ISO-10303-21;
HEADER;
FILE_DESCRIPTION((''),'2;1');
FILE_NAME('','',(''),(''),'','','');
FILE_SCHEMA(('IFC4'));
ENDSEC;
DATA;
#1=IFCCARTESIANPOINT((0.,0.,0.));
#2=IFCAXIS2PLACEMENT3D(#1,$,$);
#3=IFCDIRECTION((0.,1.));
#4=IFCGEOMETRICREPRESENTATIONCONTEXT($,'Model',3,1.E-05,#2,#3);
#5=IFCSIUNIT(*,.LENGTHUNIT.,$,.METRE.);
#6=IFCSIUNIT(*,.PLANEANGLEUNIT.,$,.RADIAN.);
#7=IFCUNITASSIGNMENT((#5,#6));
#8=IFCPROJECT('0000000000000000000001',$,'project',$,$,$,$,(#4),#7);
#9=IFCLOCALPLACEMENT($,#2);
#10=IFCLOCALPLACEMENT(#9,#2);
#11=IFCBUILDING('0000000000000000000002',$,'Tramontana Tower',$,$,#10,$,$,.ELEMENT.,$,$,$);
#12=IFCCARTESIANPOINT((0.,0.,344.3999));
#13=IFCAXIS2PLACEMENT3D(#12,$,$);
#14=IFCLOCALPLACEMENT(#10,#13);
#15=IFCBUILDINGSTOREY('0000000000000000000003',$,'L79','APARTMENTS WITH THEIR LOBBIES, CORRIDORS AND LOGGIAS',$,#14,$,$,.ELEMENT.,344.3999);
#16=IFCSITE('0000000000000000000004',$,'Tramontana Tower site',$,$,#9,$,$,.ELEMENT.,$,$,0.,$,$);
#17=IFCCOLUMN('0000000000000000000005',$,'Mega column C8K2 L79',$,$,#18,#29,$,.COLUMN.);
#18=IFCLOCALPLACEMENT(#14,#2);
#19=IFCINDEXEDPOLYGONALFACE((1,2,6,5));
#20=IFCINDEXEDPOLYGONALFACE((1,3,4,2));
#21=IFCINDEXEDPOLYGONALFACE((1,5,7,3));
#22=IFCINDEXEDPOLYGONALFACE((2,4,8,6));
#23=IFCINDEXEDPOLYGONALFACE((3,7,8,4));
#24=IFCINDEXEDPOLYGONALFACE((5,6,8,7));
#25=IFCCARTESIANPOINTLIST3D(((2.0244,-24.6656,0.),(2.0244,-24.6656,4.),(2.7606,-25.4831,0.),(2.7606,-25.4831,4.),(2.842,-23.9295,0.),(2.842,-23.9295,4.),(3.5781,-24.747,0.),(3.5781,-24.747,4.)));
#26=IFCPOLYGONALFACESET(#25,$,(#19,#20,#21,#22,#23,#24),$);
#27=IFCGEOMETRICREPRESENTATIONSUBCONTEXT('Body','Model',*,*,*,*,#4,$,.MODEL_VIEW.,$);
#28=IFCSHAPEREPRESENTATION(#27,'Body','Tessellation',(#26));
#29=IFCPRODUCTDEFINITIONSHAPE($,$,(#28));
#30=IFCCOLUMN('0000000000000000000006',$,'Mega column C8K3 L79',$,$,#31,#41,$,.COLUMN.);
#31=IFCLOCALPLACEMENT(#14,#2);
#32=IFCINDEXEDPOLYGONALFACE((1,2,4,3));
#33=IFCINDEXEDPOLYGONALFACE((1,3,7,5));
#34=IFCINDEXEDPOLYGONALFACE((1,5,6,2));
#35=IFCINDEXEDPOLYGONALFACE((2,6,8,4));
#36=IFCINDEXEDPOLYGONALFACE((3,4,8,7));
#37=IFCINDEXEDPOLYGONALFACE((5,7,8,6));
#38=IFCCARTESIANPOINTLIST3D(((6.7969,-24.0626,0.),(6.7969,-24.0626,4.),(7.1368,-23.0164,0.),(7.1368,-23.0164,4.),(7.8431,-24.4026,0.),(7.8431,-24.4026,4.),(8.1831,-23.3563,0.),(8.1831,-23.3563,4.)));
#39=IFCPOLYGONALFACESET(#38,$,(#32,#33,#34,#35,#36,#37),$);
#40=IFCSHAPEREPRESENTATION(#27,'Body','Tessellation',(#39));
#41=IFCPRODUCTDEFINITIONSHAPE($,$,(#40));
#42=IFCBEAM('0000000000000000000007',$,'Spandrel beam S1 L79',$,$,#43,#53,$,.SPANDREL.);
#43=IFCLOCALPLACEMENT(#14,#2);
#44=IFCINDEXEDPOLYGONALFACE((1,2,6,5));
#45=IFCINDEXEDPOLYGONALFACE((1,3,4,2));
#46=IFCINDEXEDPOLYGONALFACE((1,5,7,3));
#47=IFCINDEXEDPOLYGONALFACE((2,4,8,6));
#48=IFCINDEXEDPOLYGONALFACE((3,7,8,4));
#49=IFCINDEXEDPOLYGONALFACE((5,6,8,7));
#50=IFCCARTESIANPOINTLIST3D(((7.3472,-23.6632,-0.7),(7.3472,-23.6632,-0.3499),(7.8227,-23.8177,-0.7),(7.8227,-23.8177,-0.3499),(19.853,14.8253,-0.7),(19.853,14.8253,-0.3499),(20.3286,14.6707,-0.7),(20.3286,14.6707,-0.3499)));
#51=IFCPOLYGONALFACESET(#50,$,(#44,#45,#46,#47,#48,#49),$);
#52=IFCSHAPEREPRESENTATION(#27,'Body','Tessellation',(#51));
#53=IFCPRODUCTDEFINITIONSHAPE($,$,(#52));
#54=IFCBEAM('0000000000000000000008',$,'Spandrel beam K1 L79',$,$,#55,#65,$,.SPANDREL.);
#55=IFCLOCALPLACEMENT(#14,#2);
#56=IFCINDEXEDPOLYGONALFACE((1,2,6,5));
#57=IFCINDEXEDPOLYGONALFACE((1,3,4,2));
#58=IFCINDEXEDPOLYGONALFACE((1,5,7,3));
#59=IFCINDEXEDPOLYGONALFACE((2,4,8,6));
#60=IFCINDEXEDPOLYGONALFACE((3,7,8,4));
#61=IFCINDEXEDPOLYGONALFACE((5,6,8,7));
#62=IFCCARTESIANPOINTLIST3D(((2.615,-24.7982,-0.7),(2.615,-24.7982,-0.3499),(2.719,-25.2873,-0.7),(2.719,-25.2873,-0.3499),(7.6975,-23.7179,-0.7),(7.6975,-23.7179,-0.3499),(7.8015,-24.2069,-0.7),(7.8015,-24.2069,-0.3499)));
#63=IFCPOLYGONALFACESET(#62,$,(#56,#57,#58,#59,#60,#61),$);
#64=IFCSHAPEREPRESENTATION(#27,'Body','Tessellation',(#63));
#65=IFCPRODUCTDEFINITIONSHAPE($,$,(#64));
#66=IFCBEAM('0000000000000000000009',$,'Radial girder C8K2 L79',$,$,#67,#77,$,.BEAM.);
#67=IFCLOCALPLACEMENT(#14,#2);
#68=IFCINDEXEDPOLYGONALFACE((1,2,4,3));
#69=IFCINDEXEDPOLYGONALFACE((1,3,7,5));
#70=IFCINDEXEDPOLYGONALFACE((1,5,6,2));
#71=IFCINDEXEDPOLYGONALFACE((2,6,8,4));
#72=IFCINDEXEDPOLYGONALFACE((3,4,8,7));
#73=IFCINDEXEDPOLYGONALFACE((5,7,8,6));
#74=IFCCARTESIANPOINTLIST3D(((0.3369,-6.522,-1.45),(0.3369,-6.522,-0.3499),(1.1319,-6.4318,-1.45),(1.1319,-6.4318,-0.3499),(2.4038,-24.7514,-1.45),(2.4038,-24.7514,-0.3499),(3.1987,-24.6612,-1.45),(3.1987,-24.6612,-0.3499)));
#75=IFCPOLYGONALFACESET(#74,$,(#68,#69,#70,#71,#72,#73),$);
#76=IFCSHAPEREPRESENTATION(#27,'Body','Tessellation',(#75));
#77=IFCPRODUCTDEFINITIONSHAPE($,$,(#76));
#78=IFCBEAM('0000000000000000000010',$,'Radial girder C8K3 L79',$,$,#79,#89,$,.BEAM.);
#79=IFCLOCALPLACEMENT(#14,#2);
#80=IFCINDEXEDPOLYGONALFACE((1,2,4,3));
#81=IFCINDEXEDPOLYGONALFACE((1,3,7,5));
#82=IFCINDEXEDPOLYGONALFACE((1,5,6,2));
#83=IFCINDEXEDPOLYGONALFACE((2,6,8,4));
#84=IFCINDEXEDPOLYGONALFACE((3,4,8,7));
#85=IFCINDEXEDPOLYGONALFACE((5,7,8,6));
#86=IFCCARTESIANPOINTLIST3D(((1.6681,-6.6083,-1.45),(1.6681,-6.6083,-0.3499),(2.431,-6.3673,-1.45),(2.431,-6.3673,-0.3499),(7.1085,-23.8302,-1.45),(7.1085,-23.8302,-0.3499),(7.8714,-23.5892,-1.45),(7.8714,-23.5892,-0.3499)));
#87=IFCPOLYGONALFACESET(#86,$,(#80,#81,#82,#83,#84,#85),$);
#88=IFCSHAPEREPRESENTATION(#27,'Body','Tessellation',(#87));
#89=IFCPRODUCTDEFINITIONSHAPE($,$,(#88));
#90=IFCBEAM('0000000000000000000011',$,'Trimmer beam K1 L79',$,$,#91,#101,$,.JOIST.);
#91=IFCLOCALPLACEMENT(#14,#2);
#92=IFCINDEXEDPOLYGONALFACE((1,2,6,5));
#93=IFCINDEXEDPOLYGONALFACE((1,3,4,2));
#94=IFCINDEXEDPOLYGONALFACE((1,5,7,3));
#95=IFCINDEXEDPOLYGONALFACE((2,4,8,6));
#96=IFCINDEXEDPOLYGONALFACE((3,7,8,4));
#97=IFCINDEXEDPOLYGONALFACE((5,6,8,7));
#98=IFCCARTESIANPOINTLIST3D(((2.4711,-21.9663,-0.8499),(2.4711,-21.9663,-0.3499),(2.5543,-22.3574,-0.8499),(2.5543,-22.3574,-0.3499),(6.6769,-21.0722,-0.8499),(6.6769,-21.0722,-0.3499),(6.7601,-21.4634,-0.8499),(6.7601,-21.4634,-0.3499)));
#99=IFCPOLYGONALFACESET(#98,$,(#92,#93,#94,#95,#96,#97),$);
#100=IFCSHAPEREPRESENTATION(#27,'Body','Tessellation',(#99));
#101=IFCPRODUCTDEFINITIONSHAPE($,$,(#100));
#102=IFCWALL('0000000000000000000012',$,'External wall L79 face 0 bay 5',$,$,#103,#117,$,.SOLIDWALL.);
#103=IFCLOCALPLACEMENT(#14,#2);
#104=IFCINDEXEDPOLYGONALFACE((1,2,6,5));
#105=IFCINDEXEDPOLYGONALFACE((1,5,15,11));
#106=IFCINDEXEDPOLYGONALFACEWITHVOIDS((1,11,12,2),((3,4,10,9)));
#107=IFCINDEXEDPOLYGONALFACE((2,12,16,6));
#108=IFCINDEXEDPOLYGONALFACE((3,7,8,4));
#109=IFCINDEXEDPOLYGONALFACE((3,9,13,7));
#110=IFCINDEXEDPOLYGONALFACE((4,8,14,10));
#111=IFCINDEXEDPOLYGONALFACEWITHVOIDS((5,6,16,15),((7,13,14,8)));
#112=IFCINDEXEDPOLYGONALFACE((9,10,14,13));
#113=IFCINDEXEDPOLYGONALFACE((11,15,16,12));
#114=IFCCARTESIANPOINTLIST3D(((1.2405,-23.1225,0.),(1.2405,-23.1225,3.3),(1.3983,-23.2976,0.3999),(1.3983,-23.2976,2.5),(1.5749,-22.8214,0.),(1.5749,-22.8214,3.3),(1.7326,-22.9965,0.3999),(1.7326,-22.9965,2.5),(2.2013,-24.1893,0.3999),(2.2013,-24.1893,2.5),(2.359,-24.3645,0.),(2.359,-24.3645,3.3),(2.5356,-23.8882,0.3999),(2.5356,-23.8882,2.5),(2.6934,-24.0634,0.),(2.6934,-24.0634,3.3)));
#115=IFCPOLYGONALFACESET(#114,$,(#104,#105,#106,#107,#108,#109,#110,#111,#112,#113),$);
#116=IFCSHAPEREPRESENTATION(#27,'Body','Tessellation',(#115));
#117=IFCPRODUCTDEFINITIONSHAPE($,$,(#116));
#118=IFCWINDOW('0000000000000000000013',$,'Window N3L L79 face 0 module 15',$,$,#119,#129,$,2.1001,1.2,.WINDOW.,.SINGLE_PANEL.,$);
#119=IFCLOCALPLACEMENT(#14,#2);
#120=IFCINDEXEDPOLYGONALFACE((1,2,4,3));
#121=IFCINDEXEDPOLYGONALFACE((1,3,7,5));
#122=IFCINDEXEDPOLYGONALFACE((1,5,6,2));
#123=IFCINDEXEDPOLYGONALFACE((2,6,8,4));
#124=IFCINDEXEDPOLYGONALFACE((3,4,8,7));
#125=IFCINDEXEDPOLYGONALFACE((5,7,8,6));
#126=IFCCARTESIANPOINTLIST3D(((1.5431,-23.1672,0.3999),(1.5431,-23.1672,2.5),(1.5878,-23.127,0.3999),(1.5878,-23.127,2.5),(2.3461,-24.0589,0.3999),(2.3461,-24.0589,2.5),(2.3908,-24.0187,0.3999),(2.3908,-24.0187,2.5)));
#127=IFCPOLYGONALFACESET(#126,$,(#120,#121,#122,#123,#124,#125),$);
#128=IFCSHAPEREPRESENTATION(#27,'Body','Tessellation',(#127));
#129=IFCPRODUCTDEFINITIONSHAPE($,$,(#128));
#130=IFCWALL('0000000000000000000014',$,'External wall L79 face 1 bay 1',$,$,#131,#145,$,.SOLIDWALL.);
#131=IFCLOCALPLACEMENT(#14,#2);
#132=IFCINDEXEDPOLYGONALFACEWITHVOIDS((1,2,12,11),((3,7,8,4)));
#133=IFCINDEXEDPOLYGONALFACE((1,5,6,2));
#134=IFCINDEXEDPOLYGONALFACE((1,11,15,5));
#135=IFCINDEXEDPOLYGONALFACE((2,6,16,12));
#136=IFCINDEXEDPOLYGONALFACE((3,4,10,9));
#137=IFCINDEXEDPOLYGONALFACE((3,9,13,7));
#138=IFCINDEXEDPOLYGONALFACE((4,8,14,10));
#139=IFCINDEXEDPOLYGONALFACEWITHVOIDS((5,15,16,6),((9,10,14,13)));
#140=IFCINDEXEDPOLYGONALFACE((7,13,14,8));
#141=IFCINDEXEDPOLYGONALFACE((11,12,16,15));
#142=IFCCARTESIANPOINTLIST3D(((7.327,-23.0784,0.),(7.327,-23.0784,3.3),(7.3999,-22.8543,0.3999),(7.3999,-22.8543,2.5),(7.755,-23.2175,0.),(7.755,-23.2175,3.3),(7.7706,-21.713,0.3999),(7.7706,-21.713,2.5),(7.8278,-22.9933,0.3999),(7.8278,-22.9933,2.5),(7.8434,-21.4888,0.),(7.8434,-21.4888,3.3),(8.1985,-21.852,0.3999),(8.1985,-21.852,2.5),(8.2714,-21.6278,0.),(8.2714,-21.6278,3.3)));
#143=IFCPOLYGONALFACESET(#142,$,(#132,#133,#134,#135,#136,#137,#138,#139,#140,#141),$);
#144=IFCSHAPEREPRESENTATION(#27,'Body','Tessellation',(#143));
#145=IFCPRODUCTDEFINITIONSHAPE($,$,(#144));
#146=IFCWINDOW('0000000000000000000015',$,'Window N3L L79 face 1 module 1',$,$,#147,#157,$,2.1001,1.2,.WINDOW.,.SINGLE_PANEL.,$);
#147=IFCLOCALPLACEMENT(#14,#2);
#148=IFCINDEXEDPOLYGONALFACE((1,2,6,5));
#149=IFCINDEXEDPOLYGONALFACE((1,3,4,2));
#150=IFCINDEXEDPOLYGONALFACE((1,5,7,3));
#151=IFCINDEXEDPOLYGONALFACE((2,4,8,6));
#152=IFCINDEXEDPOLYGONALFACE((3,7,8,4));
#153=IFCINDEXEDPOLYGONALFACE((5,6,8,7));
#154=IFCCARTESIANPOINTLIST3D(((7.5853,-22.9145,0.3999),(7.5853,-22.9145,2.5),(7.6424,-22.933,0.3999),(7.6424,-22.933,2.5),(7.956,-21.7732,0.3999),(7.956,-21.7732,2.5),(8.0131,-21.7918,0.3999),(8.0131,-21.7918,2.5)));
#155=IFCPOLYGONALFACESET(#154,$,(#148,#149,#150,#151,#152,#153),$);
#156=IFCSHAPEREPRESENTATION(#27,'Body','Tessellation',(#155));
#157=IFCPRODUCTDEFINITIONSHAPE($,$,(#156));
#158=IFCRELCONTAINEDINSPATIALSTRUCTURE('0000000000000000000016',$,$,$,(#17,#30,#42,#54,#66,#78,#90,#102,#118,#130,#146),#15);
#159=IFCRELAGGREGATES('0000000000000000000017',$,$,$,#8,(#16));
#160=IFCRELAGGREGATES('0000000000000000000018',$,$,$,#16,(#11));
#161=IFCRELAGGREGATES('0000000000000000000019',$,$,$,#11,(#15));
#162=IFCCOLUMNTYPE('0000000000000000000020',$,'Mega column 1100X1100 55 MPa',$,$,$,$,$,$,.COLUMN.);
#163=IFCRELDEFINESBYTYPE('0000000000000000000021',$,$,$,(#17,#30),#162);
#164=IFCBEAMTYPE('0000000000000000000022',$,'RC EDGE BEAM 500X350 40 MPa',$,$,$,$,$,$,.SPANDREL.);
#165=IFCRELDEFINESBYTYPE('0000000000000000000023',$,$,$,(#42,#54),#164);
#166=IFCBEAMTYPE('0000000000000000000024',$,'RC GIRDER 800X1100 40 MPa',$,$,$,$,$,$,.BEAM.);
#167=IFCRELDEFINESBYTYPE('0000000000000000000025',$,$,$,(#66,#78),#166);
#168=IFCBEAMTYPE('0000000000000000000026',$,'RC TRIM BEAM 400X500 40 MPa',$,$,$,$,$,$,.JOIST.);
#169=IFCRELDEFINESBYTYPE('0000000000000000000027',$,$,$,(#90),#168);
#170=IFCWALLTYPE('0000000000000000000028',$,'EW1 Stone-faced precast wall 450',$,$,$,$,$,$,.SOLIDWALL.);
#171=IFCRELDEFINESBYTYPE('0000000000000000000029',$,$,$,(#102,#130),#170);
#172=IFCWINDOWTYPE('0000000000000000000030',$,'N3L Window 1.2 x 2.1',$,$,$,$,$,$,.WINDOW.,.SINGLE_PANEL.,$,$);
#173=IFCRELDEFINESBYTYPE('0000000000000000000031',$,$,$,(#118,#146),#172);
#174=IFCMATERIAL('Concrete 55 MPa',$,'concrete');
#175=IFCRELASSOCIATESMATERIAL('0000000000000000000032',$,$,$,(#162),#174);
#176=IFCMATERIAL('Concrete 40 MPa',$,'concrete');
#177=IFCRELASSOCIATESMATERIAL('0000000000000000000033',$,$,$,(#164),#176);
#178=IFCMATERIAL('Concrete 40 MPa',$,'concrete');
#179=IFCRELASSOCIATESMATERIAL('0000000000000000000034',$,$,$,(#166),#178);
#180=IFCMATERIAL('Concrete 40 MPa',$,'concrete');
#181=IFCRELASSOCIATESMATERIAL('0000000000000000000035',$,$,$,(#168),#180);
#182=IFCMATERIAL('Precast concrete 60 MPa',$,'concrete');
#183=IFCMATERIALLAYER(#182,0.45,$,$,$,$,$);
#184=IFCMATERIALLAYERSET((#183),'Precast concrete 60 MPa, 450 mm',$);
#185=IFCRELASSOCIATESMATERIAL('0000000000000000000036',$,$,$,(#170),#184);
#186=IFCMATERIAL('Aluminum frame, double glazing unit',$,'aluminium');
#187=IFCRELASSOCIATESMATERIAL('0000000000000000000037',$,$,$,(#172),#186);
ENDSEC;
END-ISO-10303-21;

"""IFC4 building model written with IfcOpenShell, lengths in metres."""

from ifc_helpers import new_model, si_unit, direction, frame, frame_2d, origin, origin_2d, place, context, subcontext, project, spatial, rectangle, extrude, material, layer, layer_set, material_profile, profile_set, type_object, element, fill, save


model = new_model("IFC4")

# Units and contexts
model_context = context("Model", 3, precision=1e-05, world=origin(), true_north=direction((0.0, 1.0)))
body_context = subcontext(model_context, "Body", "Model", "MODEL_VIEW")
ifc_project = project(units=[si_unit("LENGTHUNIT", "METRE"), si_unit("PLANEANGLEUNIT", "RADIAN")], contexts=[model_context])

# Site, building, storey
site_placement = place(None, origin())
site = spatial("IfcSite", under=ifc_project, at=site_placement, Name="Tramontana Tower site", CompositionType="ELEMENT", RefElevation=0.0)
building_placement = place(site_placement, origin())
building = spatial("IfcBuilding", under=site, at=building_placement, Name="Tramontana Tower", CompositionType="ELEMENT")
storey_placement = place(building_placement, frame((0.0, 0.0, 344.3999)))
storey = spatial("IfcBuildingStorey", under=building, at=storey_placement, Name="L79", Description="APARTMENTS WITH THEIR LOBBIES, CORRIDORS AND LOGGIAS", CompositionType="ELEMENT", Elevation=344.3999)

# Columns
ifc_material_1 = material(Name="Concrete 55 MPa", Category="concrete")
ifc_material_profile_1 = material_profile(ifc_material_1, rectangle(XDim=1.1001, YDim=1.1001, at=origin_2d()), Name="Mega column 1100X1100 55 MPa")
ifc_profile_set_1 = profile_set([ifc_material_profile_1], Name="Concrete 55 MPa")
column_type = type_object("IfcColumnType", Name="Mega column 1100X1100 55 MPa", PredefinedType="COLUMN", material=ifc_profile_set_1)
for number, where, z_axis, x_axis, name in (
    (1, (2.8013, -24.7063, 0.0), (0.0, 0.0, 1.0), (0.669131, -0.743145, 0.0), "Mega column C8K2 L79"),
    (2, (7.49, -23.7095, 0.0), (0.0, 0.0, 1.0), (0.309017, 0.951057, 0.0), "Mega column C8K3 L79"),
):
    element("IfcColumn", number, at=place(storey_placement, frame(where, z_axis=z_axis, x_axis=x_axis)), inside=storey, type_object=column_type, Name=name, PredefinedType="COLUMN", context=body_context, shape_type="SweptSolid", body=[
        extrude(rectangle(XDim=1.1001, YDim=1.1001, at=origin_2d()), origin(), (0.0, 0.0, 1.0), 4.0),
    ])

# Beams
ifc_material_2 = material(Name="Concrete 40 MPa", Category="concrete")
ifc_material_profile_2 = material_profile(ifc_material_2, rectangle(XDim=0.5, YDim=0.3501, at=origin_2d()), Name="RC EDGE BEAM 500X350 40 MPa")
ifc_profile_set_2 = profile_set([ifc_material_profile_2], Name="Concrete 40 MPa")
beam_type_1 = type_object("IfcBeamType", Name="RC EDGE BEAM 500X350 40 MPa", PredefinedType="SPANDREL", material=ifc_profile_set_2)
beam_1_placement = place(storey_placement, frame((7.585, -23.7405, -0.5249), z_axis=(0.309021, 0.951055, 0.0), x_axis=(-0.951055, 0.309021, 0.0)))
element("IfcBeam", 3, at=beam_1_placement, inside=storey, type_object=beam_type_1, Name="Spandrel beam S1 L79", PredefinedType="SPANDREL", context=body_context, shape_type="SweptSolid", body=[
    extrude(rectangle(XDim=0.5, YDim=0.3501, at=origin_2d()), origin(), (0.0, 0.0, 1.0), 40.4692),
])
beam_2_placement = place(storey_placement, frame((2.667, -25.0427, -0.5249), z_axis=(0.978148, 0.207912, 0.0), x_axis=(-0.207912, 0.978148, 0.0)))
element("IfcBeam", 4, at=beam_2_placement, inside=storey, type_object=beam_type_1, Name="Spandrel beam K1 L79", PredefinedType="SPANDREL", context=body_context, shape_type="SweptSolid", body=[
    extrude(rectangle(XDim=0.5, YDim=0.3501, at=origin_2d()), origin(), (0.0, 0.0, 1.0), 5.196),
])
ifc_material_3 = material(Name="Concrete 40 MPa", Category="concrete")
ifc_material_profile_3 = material_profile(ifc_material_3, rectangle(XDim=0.8, YDim=1.1001, at=origin_2d()), Name="RC GIRDER 800X1100 40 MPa")
ifc_profile_set_3 = profile_set([ifc_material_profile_3], Name="Concrete 40 MPa")
beam_type_2 = type_object("IfcBeamType", Name="RC GIRDER 800X1100 40 MPa", PredefinedType="BEAM", material=ifc_profile_set_3)
beam_3_placement = place(storey_placement, frame((2.8013, -24.7063, -0.8999), z_axis=(-0.11266, 0.993634, 0.0), x_axis=(-0.993634, -0.11266, 0.0)))
element("IfcBeam", 5, at=beam_3_placement, inside=storey, type_object=beam_type_2, Name="Radial girder C8K2 L79", PredefinedType="BEAM", context=body_context, shape_type="SweptSolid", body=[
    extrude(rectangle(XDim=0.8, YDim=1.1001, at=origin_2d()), origin(), (0.0, 0.0, 1.0), 18.3462),
])
beam_4_placement = place(storey_placement, frame((7.49, -23.7097, -0.8999), z_axis=(-0.301228, 0.953552, 0.0), x_axis=(-0.953552, -0.301228, 0.0)))
element("IfcBeam", 6, at=beam_4_placement, inside=storey, type_object=beam_type_2, Name="Radial girder C8K3 L79", PredefinedType="BEAM", context=body_context, shape_type="SweptSolid", body=[
    extrude(rectangle(XDim=0.8, YDim=1.1001, at=origin_2d()), origin(), (0.0, 0.0, 1.0), 18.0608),
])
ifc_material_4 = material(Name="Concrete 40 MPa", Category="concrete")
ifc_material_profile_4 = material_profile(ifc_material_4, rectangle(XDim=0.3999, YDim=0.5, at=origin_2d()), Name="RC TRIM BEAM 400X500 40 MPa")
ifc_profile_set_4 = profile_set([ifc_material_profile_4], Name="Concrete 40 MPa")
beam_type_3 = type_object("IfcBeamType", Name="RC TRIM BEAM 400X500 40 MPa", PredefinedType="JOIST", material=ifc_profile_set_4)
beam_5_placement = place(storey_placement, frame((2.5127, -22.1619, -0.5999), z_axis=(0.978144, 0.207927, 0.0), x_axis=(-0.207927, 0.978144, 0.0)))
element("IfcBeam", 7, at=beam_5_placement, inside=storey, type_object=beam_type_3, Name="Trimmer beam K1 L79", PredefinedType="JOIST", context=body_context, shape_type="SweptSolid", body=[
    extrude(rectangle(XDim=0.3999, YDim=0.5, at=origin_2d()), origin(), (0.0, 0.0, 1.0), 4.2998),
])

# Walls, openings, windows
ifc_material_5 = material(Name="Precast concrete 60 MPa", Category="concrete")
ifc_layer_1 = layer(ifc_material_5, 0.45)
ifc_layer_set_1 = layer_set([ifc_layer_1], Name="Precast concrete 60 MPa, 450 mm")
wall_type_1 = type_object("IfcWallType", Name="EW1 Stone-faced precast wall 450", PredefinedType="SOLIDWALL", material=ifc_layer_set_1)
wall_1_placement = place(storey_placement, frame((1.4077, -22.9719, 0.0), z_axis=(0.0, 0.0, 1.0), x_axis=(0.669183, -0.743098, 0.0)))
wall_1 = element("IfcWall", 8, at=wall_1_placement, inside=storey, type_object=wall_type_1, Name="External wall L79 face 0 bay 5", PredefinedType="SOLIDWALL", context=body_context, shape_type="SweptSolid", body=[
    extrude(rectangle(XDim=1.6714, YDim=0.45, at=frame_2d((0.8357, 0.0))), origin(), (0.0, 0.0, 1.0), 3.3),
])
opening_1_placement = place(wall_1_placement, frame((0.2356, 0.0, 0.3999)))
opening_1 = element("IfcOpeningElement", 9, at=opening_1_placement, cuts=wall_1, PredefinedType="OPENING", context=body_context, shape_type="SweptSolid", body=[
    extrude(rectangle(XDim=1.2, YDim=2.1001, at=frame_2d((0.6001, 1.05))), frame((0.0, 0.2349, 0.0), z_axis=(0.0, -1.0, 0.0), x_axis=(1.0, 0.0, 0.0)), (0.0, 0.0, 1.0), 0.47),
])
ifc_material_6 = material(Name="Aluminum frame, double glazing unit", Category="aluminium")
window_type_1 = type_object("IfcWindowType", Name="N3L Window 1.2 x 2.1", PartitioningType="SINGLE_PANEL", PredefinedType="WINDOW", material=ifc_material_6)
window_1_placement = place(opening_1_placement, origin())
window_1 = element("IfcWindow", 10, at=window_1_placement, inside=storey, type_object=window_type_1, Name="Window N3L L79 face 0 module 15", OverallHeight=2.1001, OverallWidth=1.2, PartitioningType="SINGLE_PANEL", PredefinedType="WINDOW", context=body_context, shape_type="SweptSolid", body=[
    extrude(rectangle(XDim=1.2, YDim=2.1001, at=frame_2d((0.6001, 1.05))), frame((0.0, 0.03, 0.0), z_axis=(0.0, -1.0, 0.0), x_axis=(1.0, 0.0, 0.0)), (0.0, 0.0, 1.0), 0.0601),
])
fill(opening_1, window_1)
wall_2_placement = place(storey_placement, frame((7.541, -23.1479, 0.0), z_axis=(0.0, 0.0, 1.0), x_axis=(0.308944, 0.95108, 0.0)))
wall_2 = element("IfcWall", 11, at=wall_2_placement, inside=storey, type_object=wall_type_1, Name="External wall L79 face 1 bay 1", PredefinedType="SOLIDWALL", context=body_context, shape_type="SweptSolid", body=[
    extrude(rectangle(XDim=1.6714, YDim=0.45, at=frame_2d((0.8357, 0.0))), origin(), (0.0, 0.0, 1.0), 3.3),
])
opening_2_placement = place(wall_2_placement, frame((0.2356, 0.0, 0.3999)))
opening_2 = element("IfcOpeningElement", 12, at=opening_2_placement, cuts=wall_2, PredefinedType="OPENING", context=body_context, shape_type="SweptSolid", body=[
    extrude(rectangle(XDim=1.2, YDim=2.1001, at=frame_2d((0.6001, 1.05))), frame((0.0, 0.2349, 0.0), z_axis=(0.0, -1.0, 0.0), x_axis=(1.0, 0.0, 0.0)), (0.0, 0.0, 1.0), 0.47),
])
window_2_placement = place(opening_2_placement, origin())
window_2 = element("IfcWindow", 13, at=window_2_placement, inside=storey, type_object=window_type_1, Name="Window N3L L79 face 1 module 1", OverallHeight=2.1001, OverallWidth=1.2, PartitioningType="SINGLE_PANEL", PredefinedType="WINDOW", context=body_context, shape_type="SweptSolid", body=[
    extrude(rectangle(XDim=1.2, YDim=2.1001, at=frame_2d((0.6001, 1.05))), frame((0.0, 0.03, 0.0), z_axis=(0.0, -1.0, 0.0), x_axis=(1.0, 0.0, 0.0)), (0.0, 0.0, 1.0), 0.0601),
])
fill(opening_2, window_2)

save(model, "model.ifc")
